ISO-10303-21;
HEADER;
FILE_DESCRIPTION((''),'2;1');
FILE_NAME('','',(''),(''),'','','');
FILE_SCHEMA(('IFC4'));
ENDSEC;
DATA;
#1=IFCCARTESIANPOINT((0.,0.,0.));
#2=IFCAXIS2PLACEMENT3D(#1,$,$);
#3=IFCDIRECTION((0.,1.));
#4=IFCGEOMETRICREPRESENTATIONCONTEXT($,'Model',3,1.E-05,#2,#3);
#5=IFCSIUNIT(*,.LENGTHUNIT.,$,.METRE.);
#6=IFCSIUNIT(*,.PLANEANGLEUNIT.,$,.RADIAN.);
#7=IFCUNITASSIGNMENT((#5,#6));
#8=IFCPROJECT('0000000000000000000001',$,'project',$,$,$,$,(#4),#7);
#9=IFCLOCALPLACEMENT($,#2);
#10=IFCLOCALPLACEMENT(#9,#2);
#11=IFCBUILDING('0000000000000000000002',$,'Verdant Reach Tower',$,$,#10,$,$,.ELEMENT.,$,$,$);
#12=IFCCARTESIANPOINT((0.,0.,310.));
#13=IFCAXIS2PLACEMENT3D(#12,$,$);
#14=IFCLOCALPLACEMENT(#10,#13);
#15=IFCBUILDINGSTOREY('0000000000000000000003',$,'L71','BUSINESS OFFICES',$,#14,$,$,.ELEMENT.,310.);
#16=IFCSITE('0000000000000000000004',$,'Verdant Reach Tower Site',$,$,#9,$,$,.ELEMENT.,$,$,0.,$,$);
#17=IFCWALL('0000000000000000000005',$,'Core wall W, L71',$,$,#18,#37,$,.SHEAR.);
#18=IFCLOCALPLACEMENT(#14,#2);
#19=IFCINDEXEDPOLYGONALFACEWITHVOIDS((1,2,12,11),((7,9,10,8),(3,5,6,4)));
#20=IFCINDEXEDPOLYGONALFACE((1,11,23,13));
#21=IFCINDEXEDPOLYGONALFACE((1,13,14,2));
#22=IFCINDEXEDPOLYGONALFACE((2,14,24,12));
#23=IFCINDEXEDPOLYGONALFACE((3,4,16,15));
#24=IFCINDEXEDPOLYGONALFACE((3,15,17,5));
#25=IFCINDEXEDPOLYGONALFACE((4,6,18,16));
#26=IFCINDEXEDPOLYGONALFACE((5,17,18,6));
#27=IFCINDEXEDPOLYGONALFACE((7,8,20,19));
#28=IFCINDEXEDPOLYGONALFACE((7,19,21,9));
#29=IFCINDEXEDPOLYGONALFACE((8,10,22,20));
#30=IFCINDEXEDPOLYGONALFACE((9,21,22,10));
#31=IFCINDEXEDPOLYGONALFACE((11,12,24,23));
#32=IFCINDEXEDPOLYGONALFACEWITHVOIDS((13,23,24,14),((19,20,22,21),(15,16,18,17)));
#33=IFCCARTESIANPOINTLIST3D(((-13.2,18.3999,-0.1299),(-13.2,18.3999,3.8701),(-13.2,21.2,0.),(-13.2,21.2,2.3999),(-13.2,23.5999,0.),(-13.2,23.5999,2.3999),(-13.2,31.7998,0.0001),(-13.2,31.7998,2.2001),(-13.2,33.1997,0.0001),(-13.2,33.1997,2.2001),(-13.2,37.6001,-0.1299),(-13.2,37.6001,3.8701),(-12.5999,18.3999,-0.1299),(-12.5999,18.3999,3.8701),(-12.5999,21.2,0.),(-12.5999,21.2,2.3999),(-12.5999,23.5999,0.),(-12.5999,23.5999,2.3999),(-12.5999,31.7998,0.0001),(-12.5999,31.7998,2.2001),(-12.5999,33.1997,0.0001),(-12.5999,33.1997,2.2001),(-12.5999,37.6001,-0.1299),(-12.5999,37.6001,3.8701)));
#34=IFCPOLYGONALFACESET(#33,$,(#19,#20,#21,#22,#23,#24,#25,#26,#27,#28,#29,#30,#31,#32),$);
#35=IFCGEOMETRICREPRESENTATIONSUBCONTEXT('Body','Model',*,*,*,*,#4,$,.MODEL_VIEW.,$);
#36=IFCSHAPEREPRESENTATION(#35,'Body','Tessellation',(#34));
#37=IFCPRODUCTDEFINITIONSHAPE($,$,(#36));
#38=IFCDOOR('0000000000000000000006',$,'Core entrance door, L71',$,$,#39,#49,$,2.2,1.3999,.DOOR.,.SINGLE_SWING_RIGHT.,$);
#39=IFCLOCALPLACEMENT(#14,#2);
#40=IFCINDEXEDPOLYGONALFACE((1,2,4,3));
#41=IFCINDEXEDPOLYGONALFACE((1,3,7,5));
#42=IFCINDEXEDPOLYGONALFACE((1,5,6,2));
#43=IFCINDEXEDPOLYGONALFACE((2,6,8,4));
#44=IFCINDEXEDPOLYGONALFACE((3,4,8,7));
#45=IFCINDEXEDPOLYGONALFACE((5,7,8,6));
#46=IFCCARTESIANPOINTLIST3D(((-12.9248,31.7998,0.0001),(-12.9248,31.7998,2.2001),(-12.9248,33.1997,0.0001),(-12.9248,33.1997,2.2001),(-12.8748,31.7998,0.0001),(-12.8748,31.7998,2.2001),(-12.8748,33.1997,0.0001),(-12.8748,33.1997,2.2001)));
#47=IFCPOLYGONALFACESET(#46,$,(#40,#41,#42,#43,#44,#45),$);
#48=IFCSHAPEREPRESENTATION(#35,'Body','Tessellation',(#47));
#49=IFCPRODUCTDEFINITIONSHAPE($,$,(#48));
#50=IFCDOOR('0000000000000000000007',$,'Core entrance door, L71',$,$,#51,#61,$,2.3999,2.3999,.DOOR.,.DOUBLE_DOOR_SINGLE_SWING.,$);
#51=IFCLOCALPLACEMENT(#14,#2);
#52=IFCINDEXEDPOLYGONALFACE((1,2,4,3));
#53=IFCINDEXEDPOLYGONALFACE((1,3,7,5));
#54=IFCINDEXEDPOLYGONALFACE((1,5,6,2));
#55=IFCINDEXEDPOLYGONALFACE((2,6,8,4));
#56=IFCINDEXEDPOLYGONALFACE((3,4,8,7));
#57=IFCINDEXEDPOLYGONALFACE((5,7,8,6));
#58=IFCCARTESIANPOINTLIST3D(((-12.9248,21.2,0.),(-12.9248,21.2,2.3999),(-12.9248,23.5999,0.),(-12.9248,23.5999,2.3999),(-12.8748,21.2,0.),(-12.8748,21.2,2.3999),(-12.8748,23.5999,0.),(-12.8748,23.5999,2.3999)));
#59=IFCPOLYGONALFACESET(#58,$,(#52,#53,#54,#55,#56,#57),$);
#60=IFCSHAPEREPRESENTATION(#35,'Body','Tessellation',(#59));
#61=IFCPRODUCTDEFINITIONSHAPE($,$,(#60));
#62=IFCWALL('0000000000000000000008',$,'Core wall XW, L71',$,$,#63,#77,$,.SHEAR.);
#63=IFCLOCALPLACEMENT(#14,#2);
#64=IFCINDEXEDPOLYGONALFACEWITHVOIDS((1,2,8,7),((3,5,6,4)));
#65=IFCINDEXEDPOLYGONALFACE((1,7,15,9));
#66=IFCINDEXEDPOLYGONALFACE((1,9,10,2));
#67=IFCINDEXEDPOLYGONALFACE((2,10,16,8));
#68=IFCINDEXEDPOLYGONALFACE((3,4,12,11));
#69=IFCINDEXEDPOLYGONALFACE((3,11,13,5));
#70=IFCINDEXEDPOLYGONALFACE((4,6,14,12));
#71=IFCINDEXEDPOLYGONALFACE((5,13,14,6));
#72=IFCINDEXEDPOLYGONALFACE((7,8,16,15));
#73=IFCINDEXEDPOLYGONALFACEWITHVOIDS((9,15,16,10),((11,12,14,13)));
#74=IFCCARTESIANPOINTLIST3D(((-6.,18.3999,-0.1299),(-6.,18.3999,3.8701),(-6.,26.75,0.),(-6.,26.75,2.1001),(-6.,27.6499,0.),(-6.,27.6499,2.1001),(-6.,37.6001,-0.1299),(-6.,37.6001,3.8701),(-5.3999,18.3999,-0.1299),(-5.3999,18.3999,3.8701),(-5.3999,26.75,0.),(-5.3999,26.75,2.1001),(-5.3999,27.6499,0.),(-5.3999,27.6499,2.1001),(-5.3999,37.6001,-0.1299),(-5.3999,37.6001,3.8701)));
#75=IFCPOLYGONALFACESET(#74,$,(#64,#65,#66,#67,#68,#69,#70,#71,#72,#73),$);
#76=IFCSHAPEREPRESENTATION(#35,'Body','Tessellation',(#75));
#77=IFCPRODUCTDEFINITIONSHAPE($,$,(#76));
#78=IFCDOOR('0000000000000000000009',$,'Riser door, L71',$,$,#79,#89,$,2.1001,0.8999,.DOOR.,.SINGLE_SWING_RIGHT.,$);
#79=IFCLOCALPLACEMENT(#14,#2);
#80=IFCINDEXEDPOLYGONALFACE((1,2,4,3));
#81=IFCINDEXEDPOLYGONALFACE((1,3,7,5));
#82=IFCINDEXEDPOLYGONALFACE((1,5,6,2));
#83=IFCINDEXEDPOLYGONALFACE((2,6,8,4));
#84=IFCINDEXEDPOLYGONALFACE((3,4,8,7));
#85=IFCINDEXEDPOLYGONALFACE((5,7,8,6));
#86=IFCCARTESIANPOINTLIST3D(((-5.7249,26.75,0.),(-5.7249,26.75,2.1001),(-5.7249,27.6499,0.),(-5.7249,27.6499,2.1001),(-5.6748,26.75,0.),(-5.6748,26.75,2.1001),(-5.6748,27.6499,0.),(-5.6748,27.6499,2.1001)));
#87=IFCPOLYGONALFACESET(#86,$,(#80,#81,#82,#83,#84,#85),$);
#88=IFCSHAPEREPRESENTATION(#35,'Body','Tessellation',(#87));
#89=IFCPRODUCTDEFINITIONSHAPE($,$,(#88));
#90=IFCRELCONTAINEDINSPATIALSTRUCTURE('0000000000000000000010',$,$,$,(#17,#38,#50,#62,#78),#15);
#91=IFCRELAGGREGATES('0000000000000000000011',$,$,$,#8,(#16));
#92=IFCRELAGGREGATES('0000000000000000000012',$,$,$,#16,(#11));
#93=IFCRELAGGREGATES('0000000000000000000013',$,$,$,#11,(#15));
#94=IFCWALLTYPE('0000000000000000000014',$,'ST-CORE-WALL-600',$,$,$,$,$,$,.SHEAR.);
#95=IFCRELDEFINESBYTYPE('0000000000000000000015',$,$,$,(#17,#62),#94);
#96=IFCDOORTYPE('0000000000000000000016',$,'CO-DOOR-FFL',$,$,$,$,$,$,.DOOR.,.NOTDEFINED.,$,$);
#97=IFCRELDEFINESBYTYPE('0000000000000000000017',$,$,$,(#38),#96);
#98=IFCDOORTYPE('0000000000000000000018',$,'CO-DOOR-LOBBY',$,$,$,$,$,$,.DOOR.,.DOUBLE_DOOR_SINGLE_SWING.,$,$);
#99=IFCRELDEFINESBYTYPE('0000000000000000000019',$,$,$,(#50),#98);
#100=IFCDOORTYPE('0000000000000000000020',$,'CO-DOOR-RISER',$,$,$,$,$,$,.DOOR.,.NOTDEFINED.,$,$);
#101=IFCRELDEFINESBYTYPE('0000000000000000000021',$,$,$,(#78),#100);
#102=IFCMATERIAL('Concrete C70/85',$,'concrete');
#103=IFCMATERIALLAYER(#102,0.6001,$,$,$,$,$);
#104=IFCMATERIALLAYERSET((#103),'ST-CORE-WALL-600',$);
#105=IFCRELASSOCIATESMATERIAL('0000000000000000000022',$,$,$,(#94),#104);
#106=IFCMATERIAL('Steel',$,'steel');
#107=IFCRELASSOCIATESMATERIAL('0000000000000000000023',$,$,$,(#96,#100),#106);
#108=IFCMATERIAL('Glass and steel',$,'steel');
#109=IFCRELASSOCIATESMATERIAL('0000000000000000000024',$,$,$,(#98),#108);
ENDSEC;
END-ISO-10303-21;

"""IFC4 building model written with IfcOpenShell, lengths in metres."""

from ifc_helpers import new_model, si_unit, direction, frame, frame_2d, origin, place, context, subcontext, project, spatial, rectangle, extrude, material, layer, layer_set, type_object, element, fill, save


model = new_model("IFC4")

# Units and contexts
model_context = context("Model", 3, precision=1e-05, world=origin(), true_north=direction((0.0, 1.0)))
body_context = subcontext(model_context, "Body", "Model", "MODEL_VIEW")
ifc_project = project(units=[si_unit("LENGTHUNIT", "METRE"), si_unit("PLANEANGLEUNIT", "RADIAN")], contexts=[model_context])

# Site, building, storey
site_placement = place(None, origin())
site = spatial("IfcSite", under=ifc_project, at=site_placement, Name="Verdant Reach Tower Site", CompositionType="ELEMENT", RefElevation=0.0)
building_placement = place(site_placement, origin())
building = spatial("IfcBuilding", under=site, at=building_placement, Name="Verdant Reach Tower", CompositionType="ELEMENT")
storey_placement = place(building_placement, frame((0.0, 0.0, 310.0)))
storey = spatial("IfcBuildingStorey", under=building, at=storey_placement, Name="L71", Description="BUSINESS OFFICES", CompositionType="ELEMENT", Elevation=310.0)

# Wall, openings, doors
ifc_material_1 = material(Name="Concrete C70/85", Category="concrete")
ifc_layer_1 = layer(ifc_material_1, 0.6001)
ifc_layer_set_1 = layer_set([ifc_layer_1], Name="ST-CORE-WALL-600")
wall_type_1 = type_object("IfcWallType", Name="ST-CORE-WALL-600", PredefinedType="SHEAR", material=ifc_layer_set_1)
wall_1_placement = place(storey_placement, frame((-12.8999, 18.3999, -0.1299), z_axis=(0.0, 0.0, 1.0), x_axis=(0.0, 1.0, 0.0)))
wall_1 = element("IfcWall", 1, at=wall_1_placement, inside=storey, type_object=wall_type_1, Name="Core wall W, L71", PredefinedType="SHEAR", context=body_context, shape_type="SweptSolid", body=[
    extrude(rectangle(XDim=19.2002, YDim=0.6001, at=frame_2d((9.6001, 0.0))), origin(), (0.0, 0.0, 1.0), 4.0),
])
opening_1_placement = place(wall_1_placement, frame((2.8, 0.0, 0.1299)))
opening_1 = element("IfcOpeningElement", 2, at=opening_1_placement, cuts=wall_1, PredefinedType="OPENING", context=body_context, shape_type="SweptSolid", body=[
    extrude(rectangle(XDim=2.3999, YDim=2.3999, at=frame_2d((1.2, 1.2))), frame((0.0, 0.3101, 0.0), z_axis=(0.0, -1.0, 0.0), x_axis=(1.0, 0.0, 0.0)), (0.0, 0.0, 1.0), 0.6201),
])
opening_2_placement = place(wall_1_placement, frame((13.3999, 0.0, 0.1299)))
opening_2 = element("IfcOpeningElement", 3, at=opening_2_placement, cuts=wall_1, PredefinedType="OPENING", context=body_context, shape_type="SweptSolid", body=[
    extrude(rectangle(XDim=1.3999, YDim=2.2, at=frame_2d((0.7, 1.1001))), frame((0.0, 0.3101, 0.0), z_axis=(0.0, -1.0, 0.0), x_axis=(1.0, 0.0, 0.0)), (0.0, 0.0, 1.0), 0.6201),
])
ifc_material_2 = material(Name="Steel", Category="steel")
door_type_1 = type_object("IfcDoorType", Name="CO-DOOR-FFL", OperationType="NOTDEFINED", PredefinedType="DOOR", material=ifc_material_2)
door_1_placement = place(opening_2_placement, origin())
door_1 = element("IfcDoor", 4, at=door_1_placement, inside=storey, type_object=door_type_1, Name="Core entrance door, L71", OperationType="SINGLE_SWING_RIGHT", OverallHeight=2.2, OverallWidth=1.3999, PredefinedType="DOOR", context=body_context, shape_type="SweptSolid", body=[
    extrude(rectangle(XDim=1.3999, YDim=2.2, at=frame_2d((0.7, 1.1001))), frame((0.0, 0.0249, 0.0), z_axis=(0.0, -1.0, 0.0), x_axis=(1.0, 0.0, 0.0)), (0.0, 0.0, 1.0), 0.05),
])
fill(opening_2, door_1)
ifc_material_3 = material(Name="Glass and steel", Category="steel")
door_type_2 = type_object("IfcDoorType", Name="CO-DOOR-LOBBY", OperationType="DOUBLE_DOOR_SINGLE_SWING", PredefinedType="DOOR", material=ifc_material_3)
door_2_placement = place(opening_1_placement, origin())
door_2 = element("IfcDoor", 5, at=door_2_placement, inside=storey, type_object=door_type_2, Name="Core entrance door, L71", OperationType="DOUBLE_DOOR_SINGLE_SWING", OverallHeight=2.3999, OverallWidth=2.3999, PredefinedType="DOOR", context=body_context, shape_type="SweptSolid", body=[
    extrude(rectangle(XDim=2.3999, YDim=2.3999, at=frame_2d((1.2, 1.2))), frame((0.0, 0.0249, 0.0), z_axis=(0.0, -1.0, 0.0), x_axis=(1.0, 0.0, 0.0)), (0.0, 0.0, 1.0), 0.05),
])
fill(opening_1, door_2)

# Wall, opening, door
wall_2_placement = place(storey_placement, frame((-5.7, 18.3999, -0.1299), z_axis=(0.0, 0.0, 1.0), x_axis=(0.0, 1.0, 0.0)))
wall_2 = element("IfcWall", 6, at=wall_2_placement, inside=storey, type_object=wall_type_1, Name="Core wall XW, L71", PredefinedType="SHEAR", context=body_context, shape_type="SweptSolid", body=[
    extrude(rectangle(XDim=19.2002, YDim=0.6001, at=frame_2d((9.6001, 0.0))), origin(), (0.0, 0.0, 1.0), 4.0),
])
opening_3_placement = place(wall_2_placement, frame((8.3501, 0.0, 0.1299)))
opening_3 = element("IfcOpeningElement", 7, at=opening_3_placement, cuts=wall_2, PredefinedType="OPENING", context=body_context, shape_type="SweptSolid", body=[
    extrude(rectangle(XDim=0.8999, YDim=2.1001, at=frame_2d((0.45, 1.05))), frame((0.0, 0.3101, 0.0), z_axis=(0.0, -1.0, 0.0), x_axis=(1.0, 0.0, 0.0)), (0.0, 0.0, 1.0), 0.6201),
])
door_type_3 = type_object("IfcDoorType", Name="CO-DOOR-RISER", OperationType="NOTDEFINED", PredefinedType="DOOR", material=ifc_material_2)
door_3_placement = place(opening_3_placement, origin())
door_3 = element("IfcDoor", 8, at=door_3_placement, inside=storey, type_object=door_type_3, Name="Riser door, L71", OperationType="SINGLE_SWING_RIGHT", OverallHeight=2.1001, OverallWidth=0.8999, PredefinedType="DOOR", context=body_context, shape_type="SweptSolid", body=[
    extrude(rectangle(XDim=0.8999, YDim=2.1001, at=frame_2d((0.45, 1.05))), frame((0.0, 0.0249, 0.0), z_axis=(0.0, -1.0, 0.0), x_axis=(1.0, 0.0, 0.0)), (0.0, 0.0, 1.0), 0.05),
])
fill(opening_3, door_3)

save(model, "model.ifc")
